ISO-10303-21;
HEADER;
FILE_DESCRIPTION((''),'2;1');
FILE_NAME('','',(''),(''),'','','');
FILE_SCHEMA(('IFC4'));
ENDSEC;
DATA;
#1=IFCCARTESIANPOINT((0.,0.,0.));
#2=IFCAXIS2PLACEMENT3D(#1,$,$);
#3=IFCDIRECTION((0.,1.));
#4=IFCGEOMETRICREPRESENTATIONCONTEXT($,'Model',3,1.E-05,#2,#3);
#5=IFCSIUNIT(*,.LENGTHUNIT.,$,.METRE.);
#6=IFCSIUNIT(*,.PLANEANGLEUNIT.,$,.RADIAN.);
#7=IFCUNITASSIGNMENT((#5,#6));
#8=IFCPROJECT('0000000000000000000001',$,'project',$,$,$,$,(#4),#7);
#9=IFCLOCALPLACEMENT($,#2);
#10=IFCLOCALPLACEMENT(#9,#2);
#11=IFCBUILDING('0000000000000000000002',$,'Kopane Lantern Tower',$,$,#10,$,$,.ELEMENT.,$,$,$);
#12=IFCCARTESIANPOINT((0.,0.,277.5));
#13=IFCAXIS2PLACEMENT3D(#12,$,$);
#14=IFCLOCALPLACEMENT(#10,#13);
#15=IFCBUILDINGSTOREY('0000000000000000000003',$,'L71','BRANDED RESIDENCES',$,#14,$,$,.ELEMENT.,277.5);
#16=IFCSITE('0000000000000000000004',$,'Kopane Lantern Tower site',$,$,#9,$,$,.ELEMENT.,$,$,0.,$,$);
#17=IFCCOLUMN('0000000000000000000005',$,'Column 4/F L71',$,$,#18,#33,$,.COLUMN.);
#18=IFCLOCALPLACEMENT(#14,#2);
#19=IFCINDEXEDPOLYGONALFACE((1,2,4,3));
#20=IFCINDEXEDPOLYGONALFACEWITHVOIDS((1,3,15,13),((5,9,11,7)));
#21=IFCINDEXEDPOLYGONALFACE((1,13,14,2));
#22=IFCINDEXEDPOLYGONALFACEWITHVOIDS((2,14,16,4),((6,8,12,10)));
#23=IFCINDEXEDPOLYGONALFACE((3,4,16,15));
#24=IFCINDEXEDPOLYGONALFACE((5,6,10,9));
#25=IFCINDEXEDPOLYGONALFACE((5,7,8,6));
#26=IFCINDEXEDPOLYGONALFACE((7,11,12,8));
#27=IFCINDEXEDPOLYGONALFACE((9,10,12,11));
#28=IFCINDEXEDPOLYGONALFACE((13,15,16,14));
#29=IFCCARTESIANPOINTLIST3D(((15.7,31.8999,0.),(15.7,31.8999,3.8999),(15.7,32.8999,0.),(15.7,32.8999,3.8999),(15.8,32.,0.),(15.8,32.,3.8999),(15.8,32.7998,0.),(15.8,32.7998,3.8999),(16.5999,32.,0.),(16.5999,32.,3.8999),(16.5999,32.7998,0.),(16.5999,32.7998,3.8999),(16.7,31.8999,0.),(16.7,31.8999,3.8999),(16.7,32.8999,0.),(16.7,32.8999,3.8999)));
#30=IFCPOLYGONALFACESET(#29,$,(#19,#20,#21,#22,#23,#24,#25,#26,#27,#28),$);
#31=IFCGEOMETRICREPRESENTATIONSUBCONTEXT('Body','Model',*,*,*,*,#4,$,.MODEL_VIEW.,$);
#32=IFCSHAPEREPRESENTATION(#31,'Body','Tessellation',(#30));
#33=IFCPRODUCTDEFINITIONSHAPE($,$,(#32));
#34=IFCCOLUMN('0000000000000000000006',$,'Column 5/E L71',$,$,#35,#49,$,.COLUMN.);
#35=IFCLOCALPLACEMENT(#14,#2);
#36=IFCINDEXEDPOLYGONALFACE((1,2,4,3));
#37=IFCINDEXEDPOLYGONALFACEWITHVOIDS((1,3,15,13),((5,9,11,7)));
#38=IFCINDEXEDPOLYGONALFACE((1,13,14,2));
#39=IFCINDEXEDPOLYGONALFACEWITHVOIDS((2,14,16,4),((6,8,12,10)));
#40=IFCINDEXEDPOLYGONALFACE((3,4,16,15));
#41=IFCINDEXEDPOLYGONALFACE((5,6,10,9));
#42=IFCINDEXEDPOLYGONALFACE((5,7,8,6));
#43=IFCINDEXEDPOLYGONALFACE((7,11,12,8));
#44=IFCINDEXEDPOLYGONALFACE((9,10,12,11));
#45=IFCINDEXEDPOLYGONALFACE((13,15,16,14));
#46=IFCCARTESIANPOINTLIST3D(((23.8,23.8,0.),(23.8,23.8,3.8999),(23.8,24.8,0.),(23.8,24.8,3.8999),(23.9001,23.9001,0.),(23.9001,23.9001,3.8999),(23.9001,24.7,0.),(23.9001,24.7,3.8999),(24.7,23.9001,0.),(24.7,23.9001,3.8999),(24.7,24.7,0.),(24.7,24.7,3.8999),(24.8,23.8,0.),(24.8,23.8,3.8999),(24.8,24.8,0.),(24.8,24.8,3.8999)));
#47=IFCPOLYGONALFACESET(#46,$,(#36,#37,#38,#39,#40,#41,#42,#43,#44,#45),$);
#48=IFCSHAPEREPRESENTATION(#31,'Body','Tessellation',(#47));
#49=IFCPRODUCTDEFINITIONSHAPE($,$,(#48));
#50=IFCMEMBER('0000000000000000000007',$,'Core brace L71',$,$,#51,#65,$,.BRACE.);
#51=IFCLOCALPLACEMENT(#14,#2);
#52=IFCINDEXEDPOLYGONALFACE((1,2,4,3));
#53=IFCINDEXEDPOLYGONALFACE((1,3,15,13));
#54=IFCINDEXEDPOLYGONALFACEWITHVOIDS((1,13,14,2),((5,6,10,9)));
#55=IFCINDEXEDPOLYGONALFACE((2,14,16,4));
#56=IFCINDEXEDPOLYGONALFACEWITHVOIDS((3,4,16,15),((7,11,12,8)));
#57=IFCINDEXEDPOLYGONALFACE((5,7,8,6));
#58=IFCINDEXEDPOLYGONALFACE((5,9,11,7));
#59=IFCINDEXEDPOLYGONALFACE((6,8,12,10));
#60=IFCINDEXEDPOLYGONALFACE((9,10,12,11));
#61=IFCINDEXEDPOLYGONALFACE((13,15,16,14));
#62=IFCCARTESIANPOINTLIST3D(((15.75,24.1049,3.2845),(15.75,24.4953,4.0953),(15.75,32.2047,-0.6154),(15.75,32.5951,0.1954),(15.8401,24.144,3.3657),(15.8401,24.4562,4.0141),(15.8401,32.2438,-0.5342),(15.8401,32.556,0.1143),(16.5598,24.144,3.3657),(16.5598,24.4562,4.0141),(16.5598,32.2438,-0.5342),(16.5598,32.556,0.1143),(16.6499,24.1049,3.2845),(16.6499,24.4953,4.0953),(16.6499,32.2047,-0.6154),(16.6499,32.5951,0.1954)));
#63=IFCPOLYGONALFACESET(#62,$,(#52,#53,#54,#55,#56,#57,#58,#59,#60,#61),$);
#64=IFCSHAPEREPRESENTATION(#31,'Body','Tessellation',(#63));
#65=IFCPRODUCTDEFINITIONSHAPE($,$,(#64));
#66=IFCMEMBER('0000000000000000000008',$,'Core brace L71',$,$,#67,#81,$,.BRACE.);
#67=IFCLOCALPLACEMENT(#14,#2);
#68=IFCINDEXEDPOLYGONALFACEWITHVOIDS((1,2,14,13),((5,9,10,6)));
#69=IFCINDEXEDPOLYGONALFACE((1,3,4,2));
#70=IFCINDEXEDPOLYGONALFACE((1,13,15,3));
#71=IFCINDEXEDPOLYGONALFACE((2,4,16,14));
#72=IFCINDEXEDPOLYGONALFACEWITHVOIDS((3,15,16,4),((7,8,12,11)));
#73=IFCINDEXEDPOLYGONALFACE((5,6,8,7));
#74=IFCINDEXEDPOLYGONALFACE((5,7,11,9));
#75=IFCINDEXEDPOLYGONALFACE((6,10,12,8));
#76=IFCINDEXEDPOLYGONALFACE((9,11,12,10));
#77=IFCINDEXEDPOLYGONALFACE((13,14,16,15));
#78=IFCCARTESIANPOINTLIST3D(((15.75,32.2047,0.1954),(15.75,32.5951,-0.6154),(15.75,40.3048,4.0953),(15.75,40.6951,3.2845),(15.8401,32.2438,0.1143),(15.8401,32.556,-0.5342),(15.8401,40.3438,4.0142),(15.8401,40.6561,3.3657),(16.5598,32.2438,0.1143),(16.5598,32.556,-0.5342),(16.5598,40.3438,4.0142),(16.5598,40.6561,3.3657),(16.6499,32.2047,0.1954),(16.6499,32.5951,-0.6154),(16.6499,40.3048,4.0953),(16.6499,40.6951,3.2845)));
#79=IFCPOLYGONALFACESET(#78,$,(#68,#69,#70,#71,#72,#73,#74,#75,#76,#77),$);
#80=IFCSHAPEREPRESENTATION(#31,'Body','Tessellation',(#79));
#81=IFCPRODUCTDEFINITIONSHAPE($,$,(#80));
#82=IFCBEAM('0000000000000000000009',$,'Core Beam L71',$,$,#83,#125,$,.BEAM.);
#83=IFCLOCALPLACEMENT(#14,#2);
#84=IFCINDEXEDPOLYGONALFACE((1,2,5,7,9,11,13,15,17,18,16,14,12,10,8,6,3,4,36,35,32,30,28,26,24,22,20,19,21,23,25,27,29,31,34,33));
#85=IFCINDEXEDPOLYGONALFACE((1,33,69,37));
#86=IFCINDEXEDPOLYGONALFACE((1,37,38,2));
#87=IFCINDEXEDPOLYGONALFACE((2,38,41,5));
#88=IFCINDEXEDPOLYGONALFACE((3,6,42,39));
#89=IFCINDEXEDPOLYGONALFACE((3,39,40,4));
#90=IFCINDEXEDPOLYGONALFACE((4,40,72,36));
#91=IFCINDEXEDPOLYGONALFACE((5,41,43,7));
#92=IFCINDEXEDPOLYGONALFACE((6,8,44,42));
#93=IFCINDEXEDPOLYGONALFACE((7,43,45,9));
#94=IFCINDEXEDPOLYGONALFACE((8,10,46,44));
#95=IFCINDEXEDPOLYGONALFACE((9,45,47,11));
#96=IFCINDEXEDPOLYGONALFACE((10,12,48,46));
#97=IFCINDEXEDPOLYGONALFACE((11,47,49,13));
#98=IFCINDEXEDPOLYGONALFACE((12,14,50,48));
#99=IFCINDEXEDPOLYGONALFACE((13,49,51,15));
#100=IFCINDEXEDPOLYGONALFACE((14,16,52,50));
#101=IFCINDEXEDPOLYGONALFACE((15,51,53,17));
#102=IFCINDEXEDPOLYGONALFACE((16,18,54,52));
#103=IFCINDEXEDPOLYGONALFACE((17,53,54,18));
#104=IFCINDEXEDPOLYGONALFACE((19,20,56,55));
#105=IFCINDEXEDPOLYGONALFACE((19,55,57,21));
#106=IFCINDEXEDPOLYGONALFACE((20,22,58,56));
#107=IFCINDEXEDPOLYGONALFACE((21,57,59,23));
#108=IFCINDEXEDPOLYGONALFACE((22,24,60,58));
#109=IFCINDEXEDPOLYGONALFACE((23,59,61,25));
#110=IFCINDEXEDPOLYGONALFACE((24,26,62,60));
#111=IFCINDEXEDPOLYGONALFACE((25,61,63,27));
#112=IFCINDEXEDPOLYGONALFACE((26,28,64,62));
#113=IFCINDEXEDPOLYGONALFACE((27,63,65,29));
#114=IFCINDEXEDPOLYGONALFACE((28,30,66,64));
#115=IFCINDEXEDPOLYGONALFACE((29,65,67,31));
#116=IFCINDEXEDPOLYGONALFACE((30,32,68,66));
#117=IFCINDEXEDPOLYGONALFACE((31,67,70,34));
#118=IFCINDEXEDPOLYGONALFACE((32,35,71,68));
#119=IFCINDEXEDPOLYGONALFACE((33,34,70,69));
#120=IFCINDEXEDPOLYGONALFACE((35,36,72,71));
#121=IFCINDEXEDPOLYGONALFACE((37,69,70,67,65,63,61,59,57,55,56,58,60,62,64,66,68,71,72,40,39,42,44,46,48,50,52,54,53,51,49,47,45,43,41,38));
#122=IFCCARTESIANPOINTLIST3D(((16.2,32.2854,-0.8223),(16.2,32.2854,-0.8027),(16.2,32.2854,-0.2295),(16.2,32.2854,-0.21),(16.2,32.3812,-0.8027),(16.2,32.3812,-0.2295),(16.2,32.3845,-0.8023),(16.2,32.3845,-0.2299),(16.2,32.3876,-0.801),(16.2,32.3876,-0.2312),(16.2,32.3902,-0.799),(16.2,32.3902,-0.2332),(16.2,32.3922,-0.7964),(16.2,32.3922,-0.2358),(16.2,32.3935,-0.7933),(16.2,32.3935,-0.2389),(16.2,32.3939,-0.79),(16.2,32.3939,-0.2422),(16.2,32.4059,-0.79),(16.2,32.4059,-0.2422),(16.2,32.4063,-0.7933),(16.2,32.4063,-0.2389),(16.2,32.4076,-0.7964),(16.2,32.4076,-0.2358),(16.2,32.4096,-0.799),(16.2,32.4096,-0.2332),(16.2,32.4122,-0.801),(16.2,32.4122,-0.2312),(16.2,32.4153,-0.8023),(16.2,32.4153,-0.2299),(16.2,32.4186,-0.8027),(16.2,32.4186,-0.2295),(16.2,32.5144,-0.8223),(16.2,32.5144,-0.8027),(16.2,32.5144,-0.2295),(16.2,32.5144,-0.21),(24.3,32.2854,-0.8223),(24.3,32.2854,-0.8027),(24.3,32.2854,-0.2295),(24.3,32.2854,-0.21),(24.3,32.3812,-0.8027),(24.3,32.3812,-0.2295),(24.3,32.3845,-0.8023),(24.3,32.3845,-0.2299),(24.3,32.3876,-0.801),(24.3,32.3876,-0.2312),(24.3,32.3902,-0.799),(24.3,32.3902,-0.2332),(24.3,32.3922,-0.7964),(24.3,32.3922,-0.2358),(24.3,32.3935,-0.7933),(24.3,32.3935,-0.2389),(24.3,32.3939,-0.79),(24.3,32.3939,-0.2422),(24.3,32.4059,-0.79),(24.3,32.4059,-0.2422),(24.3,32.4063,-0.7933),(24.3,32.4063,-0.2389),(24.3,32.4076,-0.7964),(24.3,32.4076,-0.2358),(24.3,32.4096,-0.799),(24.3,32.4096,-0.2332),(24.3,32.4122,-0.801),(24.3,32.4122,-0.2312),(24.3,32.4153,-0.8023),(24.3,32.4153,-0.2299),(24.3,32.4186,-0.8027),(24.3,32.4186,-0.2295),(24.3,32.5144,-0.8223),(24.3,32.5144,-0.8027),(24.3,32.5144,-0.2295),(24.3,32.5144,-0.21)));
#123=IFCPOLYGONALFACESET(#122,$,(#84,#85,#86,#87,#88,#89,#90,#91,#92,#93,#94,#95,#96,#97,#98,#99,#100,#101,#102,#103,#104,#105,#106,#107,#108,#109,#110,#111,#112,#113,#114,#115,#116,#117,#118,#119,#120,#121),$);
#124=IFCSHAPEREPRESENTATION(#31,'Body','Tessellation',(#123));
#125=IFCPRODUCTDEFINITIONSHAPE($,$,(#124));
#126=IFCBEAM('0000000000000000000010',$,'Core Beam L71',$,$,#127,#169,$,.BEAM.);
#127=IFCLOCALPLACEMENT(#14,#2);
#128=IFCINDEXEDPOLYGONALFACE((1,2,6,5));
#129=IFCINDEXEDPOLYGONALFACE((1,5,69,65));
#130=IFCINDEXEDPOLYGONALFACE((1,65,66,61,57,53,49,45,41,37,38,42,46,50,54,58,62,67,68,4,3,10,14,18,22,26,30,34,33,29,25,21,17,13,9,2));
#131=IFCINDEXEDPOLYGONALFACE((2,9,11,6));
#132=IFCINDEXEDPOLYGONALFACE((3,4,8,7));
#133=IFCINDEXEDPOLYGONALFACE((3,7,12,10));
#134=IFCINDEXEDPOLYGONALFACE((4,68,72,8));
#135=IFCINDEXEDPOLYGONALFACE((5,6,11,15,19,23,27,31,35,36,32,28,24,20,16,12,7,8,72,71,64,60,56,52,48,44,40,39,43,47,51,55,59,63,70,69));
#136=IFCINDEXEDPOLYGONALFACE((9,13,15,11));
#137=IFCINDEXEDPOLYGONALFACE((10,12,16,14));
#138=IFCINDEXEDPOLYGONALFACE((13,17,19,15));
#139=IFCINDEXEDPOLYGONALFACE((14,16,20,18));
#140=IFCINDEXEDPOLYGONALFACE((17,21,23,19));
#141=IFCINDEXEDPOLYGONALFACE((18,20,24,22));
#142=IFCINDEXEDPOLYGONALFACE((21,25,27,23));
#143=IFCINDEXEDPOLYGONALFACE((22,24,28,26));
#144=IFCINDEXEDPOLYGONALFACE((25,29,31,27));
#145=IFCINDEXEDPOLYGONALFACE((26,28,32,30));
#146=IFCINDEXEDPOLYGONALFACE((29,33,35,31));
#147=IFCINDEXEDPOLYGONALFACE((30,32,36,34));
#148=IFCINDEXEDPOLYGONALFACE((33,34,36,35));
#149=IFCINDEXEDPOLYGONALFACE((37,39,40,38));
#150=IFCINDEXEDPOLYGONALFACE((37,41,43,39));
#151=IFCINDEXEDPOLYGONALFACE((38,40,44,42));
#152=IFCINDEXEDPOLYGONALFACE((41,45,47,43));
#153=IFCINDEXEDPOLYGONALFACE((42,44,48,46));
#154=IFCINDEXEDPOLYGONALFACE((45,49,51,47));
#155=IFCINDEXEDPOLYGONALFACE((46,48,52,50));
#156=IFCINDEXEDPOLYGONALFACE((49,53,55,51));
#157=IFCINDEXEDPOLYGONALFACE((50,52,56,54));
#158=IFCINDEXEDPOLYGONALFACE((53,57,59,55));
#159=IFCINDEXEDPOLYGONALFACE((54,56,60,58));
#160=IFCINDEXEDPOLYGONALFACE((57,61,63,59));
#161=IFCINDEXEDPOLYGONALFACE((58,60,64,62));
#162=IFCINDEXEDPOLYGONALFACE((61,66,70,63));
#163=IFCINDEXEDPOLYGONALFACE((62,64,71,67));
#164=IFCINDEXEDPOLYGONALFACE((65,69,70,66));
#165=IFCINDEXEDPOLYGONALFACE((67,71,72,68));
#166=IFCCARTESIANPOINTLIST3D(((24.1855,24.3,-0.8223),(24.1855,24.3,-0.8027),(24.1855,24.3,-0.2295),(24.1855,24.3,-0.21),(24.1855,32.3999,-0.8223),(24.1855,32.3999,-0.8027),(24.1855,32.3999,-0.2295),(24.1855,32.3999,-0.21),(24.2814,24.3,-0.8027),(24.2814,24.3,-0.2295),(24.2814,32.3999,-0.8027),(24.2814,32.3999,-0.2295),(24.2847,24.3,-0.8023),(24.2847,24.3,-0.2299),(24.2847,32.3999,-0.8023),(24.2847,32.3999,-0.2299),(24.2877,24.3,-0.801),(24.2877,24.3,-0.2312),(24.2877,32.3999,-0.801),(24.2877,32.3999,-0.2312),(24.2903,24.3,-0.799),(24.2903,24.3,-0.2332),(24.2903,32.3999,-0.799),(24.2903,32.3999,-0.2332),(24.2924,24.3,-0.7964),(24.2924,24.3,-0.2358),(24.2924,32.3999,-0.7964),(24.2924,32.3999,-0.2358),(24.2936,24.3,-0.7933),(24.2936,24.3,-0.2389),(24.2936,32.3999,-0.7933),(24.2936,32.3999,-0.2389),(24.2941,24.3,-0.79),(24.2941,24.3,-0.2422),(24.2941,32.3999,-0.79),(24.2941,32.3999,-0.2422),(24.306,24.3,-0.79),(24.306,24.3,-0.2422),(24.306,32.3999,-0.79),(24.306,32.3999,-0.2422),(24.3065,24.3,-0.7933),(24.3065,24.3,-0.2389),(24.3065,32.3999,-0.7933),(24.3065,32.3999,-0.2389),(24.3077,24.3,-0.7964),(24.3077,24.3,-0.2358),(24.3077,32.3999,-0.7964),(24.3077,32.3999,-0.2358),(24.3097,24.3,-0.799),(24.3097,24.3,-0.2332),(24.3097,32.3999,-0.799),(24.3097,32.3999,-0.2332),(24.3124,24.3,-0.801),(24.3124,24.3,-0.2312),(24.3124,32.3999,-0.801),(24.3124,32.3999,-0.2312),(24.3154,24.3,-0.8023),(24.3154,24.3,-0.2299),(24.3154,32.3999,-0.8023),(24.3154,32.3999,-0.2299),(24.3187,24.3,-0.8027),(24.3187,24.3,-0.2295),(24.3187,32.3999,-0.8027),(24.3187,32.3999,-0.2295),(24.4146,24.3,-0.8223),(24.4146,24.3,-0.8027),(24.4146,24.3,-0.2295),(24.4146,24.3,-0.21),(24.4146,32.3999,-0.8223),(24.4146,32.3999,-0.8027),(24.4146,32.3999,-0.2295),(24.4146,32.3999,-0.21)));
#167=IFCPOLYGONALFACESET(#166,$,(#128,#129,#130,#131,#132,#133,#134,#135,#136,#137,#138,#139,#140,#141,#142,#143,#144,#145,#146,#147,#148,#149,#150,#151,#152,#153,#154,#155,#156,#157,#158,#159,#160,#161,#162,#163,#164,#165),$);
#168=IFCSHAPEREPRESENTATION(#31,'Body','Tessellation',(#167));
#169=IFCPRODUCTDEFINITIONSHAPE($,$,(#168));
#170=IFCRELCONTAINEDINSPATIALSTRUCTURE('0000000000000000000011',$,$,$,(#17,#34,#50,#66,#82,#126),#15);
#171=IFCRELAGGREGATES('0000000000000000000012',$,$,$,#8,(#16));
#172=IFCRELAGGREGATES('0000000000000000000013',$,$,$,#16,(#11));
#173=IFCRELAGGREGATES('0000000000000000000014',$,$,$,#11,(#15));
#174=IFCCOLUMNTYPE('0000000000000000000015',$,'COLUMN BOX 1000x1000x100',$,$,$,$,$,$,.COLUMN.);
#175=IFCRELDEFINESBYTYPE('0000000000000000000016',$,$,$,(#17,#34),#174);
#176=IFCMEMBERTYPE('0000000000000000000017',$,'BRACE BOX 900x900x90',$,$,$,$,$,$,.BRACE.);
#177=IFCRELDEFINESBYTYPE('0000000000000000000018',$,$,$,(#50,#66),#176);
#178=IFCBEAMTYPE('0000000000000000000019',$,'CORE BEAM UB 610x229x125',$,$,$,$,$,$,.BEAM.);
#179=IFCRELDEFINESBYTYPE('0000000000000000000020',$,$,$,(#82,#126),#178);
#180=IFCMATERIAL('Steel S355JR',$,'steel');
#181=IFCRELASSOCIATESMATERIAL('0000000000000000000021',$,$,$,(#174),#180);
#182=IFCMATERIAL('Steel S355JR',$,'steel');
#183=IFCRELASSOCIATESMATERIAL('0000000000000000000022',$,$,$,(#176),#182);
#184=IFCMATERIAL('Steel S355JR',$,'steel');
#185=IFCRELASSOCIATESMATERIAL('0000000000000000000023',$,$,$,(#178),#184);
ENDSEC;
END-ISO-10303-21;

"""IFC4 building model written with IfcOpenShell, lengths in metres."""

from ifc_helpers import new_model, si_unit, direction, frame, origin, origin_2d, place, context, subcontext, project, spatial, hollow_rectangle, i_section, extrude, material, material_profile, profile_set, type_object, element, save


model = new_model("IFC4")

# Units and contexts
model_context = context("Model", 3, precision=1e-05, world=origin(), true_north=direction((0.0, 1.0)))
body_context = subcontext(model_context, "Body", "Model", "MODEL_VIEW")
ifc_project = project(units=[si_unit("LENGTHUNIT", "METRE"), si_unit("PLANEANGLEUNIT", "RADIAN")], contexts=[model_context])

# Site, building, storey
site_placement = place(None, origin())
site = spatial("IfcSite", under=ifc_project, at=site_placement, Name="Kopane Lantern Tower site", CompositionType="ELEMENT", RefElevation=0.0)
building_placement = place(site_placement, origin())
building = spatial("IfcBuilding", under=site, at=building_placement, Name="Kopane Lantern Tower", CompositionType="ELEMENT")
storey_placement = place(building_placement, frame((0.0, 0.0, 277.5)))
storey = spatial("IfcBuildingStorey", under=building, at=storey_placement, Name="L71", Description="BRANDED RESIDENCES", CompositionType="ELEMENT", Elevation=277.5)

# Columns
ifc_material_1 = material(Name="Steel S355JR", Category="steel")
ifc_material_profile_1 = material_profile(ifc_material_1, hollow_rectangle(XDim=1.0, YDim=1.0, WallThickness=0.1001, at=origin_2d()), Name="BOX 1000x1000x100")
ifc_profile_set_1 = profile_set([ifc_material_profile_1], Name="Steel S355JR")
column_type = type_object("IfcColumnType", Name="COLUMN BOX 1000x1000x100", PredefinedType="COLUMN", material=ifc_profile_set_1)
for number, where, z_axis, x_axis, name in (
    (1, (16.2, 32.3999, 0.0), (0.0, 0.0, 1.0), (1.0, 0.0, 0.0), "Column 4/F L71"),
    (2, (24.3, 24.3, 0.0), (0.0, 0.0, 1.0), (1.0, 0.0, 0.0), "Column 5/E L71"),
):
    element("IfcColumn", number, at=place(storey_placement, frame(where, z_axis=z_axis, x_axis=x_axis)), inside=storey, type_object=column_type, Name=name, PredefinedType="COLUMN", context=body_context, shape_type="SweptSolid", body=[
        extrude(hollow_rectangle(XDim=1.0, YDim=1.0, WallThickness=0.1001, at=origin_2d()), origin(), (0.0, 0.0, 1.0), 3.8999),
    ])

# Members
ifc_material_2 = material(Name="Steel S355JR", Category="steel")
ifc_material_profile_2 = material_profile(ifc_material_2, hollow_rectangle(XDim=0.8999, YDim=0.8999, WallThickness=0.0901, at=origin_2d()), Name="BOX 900x900x90")
ifc_profile_set_2 = profile_set([ifc_material_profile_2], Name="Steel S355JR")
member_type = type_object("IfcMemberType", Name="BRACE BOX 900x900x90", PredefinedType="BRACE", material=ifc_profile_set_2)
member_1_placement = place(storey_placement, frame((16.2, 32.3999, -0.21), z_axis=(0.0, -0.901003, 0.433813), x_axis=(1.0, 0.0, 0.0)))
element("IfcMember", 3, at=member_1_placement, inside=storey, type_object=member_type, Name="Core brace L71", PredefinedType="BRACE", context=body_context, shape_type="SweptSolid", body=[
    extrude(hollow_rectangle(XDim=0.8999, YDim=0.8999, WallThickness=0.0901, at=origin_2d()), origin(), (0.0, 0.0, 1.0), 8.9897),
])
member_2_placement = place(storey_placement, frame((16.2, 32.3999, -0.21), z_axis=(0.0, 0.901008, 0.433803), x_axis=(-1.0, 0.0, 0.0)))
element("IfcMember", 4, at=member_2_placement, inside=storey, type_object=member_type, Name="Core brace L71", PredefinedType="BRACE", context=body_context, shape_type="SweptSolid", body=[
    extrude(hollow_rectangle(XDim=0.8999, YDim=0.8999, WallThickness=0.0901, at=origin_2d()), origin(), (0.0, 0.0, 1.0), 8.99),
])

# Beams
ifc_material_3 = material(Name="Steel S355JR", Category="steel")
ifc_material_profile_3 = material_profile(ifc_material_3, i_section(OverallWidth=0.229, OverallDepth=0.6123, WebThickness=0.012, FlangeThickness=0.0195, FilletRadius=0.0127, at=origin_2d()), Name="UB 610x229x125")
ifc_profile_set_3 = profile_set([ifc_material_profile_3], Name="Steel S355JR")
beam_type_1 = type_object("IfcBeamType", Name="CORE BEAM UB 610x229x125", PredefinedType="BEAM", material=ifc_profile_set_3)
beam_1_placement = place(storey_placement, frame((16.2, 32.3999, -0.5161), z_axis=(1.0, 0.0, 0.0), x_axis=(0.0, 1.0, 0.0)))
element("IfcBeam", 5, at=beam_1_placement, inside=storey, type_object=beam_type_1, Name="Core Beam L71", PredefinedType="BEAM", context=body_context, shape_type="SweptSolid", body=[
    extrude(i_section(OverallWidth=0.229, OverallDepth=0.6123, WebThickness=0.012, FlangeThickness=0.0195, FilletRadius=0.0127, at=origin_2d()), origin(), (0.0, 0.0, 1.0), 8.1001),
])
beam_2_placement = place(storey_placement, frame((24.3, 24.3, -0.5161), z_axis=(0.0, 1.0, 0.0), x_axis=(-1.0, 0.0, 0.0)))
element("IfcBeam", 6, at=beam_2_placement, inside=storey, type_object=beam_type_1, Name="Core Beam L71", PredefinedType="BEAM", context=body_context, shape_type="SweptSolid", body=[
    extrude(i_section(OverallWidth=0.229, OverallDepth=0.6123, WebThickness=0.012, FlangeThickness=0.0195, FilletRadius=0.0127, at=origin_2d()), origin(), (0.0, 0.0, 1.0), 8.0999),
])

save(model, "model.ifc")
